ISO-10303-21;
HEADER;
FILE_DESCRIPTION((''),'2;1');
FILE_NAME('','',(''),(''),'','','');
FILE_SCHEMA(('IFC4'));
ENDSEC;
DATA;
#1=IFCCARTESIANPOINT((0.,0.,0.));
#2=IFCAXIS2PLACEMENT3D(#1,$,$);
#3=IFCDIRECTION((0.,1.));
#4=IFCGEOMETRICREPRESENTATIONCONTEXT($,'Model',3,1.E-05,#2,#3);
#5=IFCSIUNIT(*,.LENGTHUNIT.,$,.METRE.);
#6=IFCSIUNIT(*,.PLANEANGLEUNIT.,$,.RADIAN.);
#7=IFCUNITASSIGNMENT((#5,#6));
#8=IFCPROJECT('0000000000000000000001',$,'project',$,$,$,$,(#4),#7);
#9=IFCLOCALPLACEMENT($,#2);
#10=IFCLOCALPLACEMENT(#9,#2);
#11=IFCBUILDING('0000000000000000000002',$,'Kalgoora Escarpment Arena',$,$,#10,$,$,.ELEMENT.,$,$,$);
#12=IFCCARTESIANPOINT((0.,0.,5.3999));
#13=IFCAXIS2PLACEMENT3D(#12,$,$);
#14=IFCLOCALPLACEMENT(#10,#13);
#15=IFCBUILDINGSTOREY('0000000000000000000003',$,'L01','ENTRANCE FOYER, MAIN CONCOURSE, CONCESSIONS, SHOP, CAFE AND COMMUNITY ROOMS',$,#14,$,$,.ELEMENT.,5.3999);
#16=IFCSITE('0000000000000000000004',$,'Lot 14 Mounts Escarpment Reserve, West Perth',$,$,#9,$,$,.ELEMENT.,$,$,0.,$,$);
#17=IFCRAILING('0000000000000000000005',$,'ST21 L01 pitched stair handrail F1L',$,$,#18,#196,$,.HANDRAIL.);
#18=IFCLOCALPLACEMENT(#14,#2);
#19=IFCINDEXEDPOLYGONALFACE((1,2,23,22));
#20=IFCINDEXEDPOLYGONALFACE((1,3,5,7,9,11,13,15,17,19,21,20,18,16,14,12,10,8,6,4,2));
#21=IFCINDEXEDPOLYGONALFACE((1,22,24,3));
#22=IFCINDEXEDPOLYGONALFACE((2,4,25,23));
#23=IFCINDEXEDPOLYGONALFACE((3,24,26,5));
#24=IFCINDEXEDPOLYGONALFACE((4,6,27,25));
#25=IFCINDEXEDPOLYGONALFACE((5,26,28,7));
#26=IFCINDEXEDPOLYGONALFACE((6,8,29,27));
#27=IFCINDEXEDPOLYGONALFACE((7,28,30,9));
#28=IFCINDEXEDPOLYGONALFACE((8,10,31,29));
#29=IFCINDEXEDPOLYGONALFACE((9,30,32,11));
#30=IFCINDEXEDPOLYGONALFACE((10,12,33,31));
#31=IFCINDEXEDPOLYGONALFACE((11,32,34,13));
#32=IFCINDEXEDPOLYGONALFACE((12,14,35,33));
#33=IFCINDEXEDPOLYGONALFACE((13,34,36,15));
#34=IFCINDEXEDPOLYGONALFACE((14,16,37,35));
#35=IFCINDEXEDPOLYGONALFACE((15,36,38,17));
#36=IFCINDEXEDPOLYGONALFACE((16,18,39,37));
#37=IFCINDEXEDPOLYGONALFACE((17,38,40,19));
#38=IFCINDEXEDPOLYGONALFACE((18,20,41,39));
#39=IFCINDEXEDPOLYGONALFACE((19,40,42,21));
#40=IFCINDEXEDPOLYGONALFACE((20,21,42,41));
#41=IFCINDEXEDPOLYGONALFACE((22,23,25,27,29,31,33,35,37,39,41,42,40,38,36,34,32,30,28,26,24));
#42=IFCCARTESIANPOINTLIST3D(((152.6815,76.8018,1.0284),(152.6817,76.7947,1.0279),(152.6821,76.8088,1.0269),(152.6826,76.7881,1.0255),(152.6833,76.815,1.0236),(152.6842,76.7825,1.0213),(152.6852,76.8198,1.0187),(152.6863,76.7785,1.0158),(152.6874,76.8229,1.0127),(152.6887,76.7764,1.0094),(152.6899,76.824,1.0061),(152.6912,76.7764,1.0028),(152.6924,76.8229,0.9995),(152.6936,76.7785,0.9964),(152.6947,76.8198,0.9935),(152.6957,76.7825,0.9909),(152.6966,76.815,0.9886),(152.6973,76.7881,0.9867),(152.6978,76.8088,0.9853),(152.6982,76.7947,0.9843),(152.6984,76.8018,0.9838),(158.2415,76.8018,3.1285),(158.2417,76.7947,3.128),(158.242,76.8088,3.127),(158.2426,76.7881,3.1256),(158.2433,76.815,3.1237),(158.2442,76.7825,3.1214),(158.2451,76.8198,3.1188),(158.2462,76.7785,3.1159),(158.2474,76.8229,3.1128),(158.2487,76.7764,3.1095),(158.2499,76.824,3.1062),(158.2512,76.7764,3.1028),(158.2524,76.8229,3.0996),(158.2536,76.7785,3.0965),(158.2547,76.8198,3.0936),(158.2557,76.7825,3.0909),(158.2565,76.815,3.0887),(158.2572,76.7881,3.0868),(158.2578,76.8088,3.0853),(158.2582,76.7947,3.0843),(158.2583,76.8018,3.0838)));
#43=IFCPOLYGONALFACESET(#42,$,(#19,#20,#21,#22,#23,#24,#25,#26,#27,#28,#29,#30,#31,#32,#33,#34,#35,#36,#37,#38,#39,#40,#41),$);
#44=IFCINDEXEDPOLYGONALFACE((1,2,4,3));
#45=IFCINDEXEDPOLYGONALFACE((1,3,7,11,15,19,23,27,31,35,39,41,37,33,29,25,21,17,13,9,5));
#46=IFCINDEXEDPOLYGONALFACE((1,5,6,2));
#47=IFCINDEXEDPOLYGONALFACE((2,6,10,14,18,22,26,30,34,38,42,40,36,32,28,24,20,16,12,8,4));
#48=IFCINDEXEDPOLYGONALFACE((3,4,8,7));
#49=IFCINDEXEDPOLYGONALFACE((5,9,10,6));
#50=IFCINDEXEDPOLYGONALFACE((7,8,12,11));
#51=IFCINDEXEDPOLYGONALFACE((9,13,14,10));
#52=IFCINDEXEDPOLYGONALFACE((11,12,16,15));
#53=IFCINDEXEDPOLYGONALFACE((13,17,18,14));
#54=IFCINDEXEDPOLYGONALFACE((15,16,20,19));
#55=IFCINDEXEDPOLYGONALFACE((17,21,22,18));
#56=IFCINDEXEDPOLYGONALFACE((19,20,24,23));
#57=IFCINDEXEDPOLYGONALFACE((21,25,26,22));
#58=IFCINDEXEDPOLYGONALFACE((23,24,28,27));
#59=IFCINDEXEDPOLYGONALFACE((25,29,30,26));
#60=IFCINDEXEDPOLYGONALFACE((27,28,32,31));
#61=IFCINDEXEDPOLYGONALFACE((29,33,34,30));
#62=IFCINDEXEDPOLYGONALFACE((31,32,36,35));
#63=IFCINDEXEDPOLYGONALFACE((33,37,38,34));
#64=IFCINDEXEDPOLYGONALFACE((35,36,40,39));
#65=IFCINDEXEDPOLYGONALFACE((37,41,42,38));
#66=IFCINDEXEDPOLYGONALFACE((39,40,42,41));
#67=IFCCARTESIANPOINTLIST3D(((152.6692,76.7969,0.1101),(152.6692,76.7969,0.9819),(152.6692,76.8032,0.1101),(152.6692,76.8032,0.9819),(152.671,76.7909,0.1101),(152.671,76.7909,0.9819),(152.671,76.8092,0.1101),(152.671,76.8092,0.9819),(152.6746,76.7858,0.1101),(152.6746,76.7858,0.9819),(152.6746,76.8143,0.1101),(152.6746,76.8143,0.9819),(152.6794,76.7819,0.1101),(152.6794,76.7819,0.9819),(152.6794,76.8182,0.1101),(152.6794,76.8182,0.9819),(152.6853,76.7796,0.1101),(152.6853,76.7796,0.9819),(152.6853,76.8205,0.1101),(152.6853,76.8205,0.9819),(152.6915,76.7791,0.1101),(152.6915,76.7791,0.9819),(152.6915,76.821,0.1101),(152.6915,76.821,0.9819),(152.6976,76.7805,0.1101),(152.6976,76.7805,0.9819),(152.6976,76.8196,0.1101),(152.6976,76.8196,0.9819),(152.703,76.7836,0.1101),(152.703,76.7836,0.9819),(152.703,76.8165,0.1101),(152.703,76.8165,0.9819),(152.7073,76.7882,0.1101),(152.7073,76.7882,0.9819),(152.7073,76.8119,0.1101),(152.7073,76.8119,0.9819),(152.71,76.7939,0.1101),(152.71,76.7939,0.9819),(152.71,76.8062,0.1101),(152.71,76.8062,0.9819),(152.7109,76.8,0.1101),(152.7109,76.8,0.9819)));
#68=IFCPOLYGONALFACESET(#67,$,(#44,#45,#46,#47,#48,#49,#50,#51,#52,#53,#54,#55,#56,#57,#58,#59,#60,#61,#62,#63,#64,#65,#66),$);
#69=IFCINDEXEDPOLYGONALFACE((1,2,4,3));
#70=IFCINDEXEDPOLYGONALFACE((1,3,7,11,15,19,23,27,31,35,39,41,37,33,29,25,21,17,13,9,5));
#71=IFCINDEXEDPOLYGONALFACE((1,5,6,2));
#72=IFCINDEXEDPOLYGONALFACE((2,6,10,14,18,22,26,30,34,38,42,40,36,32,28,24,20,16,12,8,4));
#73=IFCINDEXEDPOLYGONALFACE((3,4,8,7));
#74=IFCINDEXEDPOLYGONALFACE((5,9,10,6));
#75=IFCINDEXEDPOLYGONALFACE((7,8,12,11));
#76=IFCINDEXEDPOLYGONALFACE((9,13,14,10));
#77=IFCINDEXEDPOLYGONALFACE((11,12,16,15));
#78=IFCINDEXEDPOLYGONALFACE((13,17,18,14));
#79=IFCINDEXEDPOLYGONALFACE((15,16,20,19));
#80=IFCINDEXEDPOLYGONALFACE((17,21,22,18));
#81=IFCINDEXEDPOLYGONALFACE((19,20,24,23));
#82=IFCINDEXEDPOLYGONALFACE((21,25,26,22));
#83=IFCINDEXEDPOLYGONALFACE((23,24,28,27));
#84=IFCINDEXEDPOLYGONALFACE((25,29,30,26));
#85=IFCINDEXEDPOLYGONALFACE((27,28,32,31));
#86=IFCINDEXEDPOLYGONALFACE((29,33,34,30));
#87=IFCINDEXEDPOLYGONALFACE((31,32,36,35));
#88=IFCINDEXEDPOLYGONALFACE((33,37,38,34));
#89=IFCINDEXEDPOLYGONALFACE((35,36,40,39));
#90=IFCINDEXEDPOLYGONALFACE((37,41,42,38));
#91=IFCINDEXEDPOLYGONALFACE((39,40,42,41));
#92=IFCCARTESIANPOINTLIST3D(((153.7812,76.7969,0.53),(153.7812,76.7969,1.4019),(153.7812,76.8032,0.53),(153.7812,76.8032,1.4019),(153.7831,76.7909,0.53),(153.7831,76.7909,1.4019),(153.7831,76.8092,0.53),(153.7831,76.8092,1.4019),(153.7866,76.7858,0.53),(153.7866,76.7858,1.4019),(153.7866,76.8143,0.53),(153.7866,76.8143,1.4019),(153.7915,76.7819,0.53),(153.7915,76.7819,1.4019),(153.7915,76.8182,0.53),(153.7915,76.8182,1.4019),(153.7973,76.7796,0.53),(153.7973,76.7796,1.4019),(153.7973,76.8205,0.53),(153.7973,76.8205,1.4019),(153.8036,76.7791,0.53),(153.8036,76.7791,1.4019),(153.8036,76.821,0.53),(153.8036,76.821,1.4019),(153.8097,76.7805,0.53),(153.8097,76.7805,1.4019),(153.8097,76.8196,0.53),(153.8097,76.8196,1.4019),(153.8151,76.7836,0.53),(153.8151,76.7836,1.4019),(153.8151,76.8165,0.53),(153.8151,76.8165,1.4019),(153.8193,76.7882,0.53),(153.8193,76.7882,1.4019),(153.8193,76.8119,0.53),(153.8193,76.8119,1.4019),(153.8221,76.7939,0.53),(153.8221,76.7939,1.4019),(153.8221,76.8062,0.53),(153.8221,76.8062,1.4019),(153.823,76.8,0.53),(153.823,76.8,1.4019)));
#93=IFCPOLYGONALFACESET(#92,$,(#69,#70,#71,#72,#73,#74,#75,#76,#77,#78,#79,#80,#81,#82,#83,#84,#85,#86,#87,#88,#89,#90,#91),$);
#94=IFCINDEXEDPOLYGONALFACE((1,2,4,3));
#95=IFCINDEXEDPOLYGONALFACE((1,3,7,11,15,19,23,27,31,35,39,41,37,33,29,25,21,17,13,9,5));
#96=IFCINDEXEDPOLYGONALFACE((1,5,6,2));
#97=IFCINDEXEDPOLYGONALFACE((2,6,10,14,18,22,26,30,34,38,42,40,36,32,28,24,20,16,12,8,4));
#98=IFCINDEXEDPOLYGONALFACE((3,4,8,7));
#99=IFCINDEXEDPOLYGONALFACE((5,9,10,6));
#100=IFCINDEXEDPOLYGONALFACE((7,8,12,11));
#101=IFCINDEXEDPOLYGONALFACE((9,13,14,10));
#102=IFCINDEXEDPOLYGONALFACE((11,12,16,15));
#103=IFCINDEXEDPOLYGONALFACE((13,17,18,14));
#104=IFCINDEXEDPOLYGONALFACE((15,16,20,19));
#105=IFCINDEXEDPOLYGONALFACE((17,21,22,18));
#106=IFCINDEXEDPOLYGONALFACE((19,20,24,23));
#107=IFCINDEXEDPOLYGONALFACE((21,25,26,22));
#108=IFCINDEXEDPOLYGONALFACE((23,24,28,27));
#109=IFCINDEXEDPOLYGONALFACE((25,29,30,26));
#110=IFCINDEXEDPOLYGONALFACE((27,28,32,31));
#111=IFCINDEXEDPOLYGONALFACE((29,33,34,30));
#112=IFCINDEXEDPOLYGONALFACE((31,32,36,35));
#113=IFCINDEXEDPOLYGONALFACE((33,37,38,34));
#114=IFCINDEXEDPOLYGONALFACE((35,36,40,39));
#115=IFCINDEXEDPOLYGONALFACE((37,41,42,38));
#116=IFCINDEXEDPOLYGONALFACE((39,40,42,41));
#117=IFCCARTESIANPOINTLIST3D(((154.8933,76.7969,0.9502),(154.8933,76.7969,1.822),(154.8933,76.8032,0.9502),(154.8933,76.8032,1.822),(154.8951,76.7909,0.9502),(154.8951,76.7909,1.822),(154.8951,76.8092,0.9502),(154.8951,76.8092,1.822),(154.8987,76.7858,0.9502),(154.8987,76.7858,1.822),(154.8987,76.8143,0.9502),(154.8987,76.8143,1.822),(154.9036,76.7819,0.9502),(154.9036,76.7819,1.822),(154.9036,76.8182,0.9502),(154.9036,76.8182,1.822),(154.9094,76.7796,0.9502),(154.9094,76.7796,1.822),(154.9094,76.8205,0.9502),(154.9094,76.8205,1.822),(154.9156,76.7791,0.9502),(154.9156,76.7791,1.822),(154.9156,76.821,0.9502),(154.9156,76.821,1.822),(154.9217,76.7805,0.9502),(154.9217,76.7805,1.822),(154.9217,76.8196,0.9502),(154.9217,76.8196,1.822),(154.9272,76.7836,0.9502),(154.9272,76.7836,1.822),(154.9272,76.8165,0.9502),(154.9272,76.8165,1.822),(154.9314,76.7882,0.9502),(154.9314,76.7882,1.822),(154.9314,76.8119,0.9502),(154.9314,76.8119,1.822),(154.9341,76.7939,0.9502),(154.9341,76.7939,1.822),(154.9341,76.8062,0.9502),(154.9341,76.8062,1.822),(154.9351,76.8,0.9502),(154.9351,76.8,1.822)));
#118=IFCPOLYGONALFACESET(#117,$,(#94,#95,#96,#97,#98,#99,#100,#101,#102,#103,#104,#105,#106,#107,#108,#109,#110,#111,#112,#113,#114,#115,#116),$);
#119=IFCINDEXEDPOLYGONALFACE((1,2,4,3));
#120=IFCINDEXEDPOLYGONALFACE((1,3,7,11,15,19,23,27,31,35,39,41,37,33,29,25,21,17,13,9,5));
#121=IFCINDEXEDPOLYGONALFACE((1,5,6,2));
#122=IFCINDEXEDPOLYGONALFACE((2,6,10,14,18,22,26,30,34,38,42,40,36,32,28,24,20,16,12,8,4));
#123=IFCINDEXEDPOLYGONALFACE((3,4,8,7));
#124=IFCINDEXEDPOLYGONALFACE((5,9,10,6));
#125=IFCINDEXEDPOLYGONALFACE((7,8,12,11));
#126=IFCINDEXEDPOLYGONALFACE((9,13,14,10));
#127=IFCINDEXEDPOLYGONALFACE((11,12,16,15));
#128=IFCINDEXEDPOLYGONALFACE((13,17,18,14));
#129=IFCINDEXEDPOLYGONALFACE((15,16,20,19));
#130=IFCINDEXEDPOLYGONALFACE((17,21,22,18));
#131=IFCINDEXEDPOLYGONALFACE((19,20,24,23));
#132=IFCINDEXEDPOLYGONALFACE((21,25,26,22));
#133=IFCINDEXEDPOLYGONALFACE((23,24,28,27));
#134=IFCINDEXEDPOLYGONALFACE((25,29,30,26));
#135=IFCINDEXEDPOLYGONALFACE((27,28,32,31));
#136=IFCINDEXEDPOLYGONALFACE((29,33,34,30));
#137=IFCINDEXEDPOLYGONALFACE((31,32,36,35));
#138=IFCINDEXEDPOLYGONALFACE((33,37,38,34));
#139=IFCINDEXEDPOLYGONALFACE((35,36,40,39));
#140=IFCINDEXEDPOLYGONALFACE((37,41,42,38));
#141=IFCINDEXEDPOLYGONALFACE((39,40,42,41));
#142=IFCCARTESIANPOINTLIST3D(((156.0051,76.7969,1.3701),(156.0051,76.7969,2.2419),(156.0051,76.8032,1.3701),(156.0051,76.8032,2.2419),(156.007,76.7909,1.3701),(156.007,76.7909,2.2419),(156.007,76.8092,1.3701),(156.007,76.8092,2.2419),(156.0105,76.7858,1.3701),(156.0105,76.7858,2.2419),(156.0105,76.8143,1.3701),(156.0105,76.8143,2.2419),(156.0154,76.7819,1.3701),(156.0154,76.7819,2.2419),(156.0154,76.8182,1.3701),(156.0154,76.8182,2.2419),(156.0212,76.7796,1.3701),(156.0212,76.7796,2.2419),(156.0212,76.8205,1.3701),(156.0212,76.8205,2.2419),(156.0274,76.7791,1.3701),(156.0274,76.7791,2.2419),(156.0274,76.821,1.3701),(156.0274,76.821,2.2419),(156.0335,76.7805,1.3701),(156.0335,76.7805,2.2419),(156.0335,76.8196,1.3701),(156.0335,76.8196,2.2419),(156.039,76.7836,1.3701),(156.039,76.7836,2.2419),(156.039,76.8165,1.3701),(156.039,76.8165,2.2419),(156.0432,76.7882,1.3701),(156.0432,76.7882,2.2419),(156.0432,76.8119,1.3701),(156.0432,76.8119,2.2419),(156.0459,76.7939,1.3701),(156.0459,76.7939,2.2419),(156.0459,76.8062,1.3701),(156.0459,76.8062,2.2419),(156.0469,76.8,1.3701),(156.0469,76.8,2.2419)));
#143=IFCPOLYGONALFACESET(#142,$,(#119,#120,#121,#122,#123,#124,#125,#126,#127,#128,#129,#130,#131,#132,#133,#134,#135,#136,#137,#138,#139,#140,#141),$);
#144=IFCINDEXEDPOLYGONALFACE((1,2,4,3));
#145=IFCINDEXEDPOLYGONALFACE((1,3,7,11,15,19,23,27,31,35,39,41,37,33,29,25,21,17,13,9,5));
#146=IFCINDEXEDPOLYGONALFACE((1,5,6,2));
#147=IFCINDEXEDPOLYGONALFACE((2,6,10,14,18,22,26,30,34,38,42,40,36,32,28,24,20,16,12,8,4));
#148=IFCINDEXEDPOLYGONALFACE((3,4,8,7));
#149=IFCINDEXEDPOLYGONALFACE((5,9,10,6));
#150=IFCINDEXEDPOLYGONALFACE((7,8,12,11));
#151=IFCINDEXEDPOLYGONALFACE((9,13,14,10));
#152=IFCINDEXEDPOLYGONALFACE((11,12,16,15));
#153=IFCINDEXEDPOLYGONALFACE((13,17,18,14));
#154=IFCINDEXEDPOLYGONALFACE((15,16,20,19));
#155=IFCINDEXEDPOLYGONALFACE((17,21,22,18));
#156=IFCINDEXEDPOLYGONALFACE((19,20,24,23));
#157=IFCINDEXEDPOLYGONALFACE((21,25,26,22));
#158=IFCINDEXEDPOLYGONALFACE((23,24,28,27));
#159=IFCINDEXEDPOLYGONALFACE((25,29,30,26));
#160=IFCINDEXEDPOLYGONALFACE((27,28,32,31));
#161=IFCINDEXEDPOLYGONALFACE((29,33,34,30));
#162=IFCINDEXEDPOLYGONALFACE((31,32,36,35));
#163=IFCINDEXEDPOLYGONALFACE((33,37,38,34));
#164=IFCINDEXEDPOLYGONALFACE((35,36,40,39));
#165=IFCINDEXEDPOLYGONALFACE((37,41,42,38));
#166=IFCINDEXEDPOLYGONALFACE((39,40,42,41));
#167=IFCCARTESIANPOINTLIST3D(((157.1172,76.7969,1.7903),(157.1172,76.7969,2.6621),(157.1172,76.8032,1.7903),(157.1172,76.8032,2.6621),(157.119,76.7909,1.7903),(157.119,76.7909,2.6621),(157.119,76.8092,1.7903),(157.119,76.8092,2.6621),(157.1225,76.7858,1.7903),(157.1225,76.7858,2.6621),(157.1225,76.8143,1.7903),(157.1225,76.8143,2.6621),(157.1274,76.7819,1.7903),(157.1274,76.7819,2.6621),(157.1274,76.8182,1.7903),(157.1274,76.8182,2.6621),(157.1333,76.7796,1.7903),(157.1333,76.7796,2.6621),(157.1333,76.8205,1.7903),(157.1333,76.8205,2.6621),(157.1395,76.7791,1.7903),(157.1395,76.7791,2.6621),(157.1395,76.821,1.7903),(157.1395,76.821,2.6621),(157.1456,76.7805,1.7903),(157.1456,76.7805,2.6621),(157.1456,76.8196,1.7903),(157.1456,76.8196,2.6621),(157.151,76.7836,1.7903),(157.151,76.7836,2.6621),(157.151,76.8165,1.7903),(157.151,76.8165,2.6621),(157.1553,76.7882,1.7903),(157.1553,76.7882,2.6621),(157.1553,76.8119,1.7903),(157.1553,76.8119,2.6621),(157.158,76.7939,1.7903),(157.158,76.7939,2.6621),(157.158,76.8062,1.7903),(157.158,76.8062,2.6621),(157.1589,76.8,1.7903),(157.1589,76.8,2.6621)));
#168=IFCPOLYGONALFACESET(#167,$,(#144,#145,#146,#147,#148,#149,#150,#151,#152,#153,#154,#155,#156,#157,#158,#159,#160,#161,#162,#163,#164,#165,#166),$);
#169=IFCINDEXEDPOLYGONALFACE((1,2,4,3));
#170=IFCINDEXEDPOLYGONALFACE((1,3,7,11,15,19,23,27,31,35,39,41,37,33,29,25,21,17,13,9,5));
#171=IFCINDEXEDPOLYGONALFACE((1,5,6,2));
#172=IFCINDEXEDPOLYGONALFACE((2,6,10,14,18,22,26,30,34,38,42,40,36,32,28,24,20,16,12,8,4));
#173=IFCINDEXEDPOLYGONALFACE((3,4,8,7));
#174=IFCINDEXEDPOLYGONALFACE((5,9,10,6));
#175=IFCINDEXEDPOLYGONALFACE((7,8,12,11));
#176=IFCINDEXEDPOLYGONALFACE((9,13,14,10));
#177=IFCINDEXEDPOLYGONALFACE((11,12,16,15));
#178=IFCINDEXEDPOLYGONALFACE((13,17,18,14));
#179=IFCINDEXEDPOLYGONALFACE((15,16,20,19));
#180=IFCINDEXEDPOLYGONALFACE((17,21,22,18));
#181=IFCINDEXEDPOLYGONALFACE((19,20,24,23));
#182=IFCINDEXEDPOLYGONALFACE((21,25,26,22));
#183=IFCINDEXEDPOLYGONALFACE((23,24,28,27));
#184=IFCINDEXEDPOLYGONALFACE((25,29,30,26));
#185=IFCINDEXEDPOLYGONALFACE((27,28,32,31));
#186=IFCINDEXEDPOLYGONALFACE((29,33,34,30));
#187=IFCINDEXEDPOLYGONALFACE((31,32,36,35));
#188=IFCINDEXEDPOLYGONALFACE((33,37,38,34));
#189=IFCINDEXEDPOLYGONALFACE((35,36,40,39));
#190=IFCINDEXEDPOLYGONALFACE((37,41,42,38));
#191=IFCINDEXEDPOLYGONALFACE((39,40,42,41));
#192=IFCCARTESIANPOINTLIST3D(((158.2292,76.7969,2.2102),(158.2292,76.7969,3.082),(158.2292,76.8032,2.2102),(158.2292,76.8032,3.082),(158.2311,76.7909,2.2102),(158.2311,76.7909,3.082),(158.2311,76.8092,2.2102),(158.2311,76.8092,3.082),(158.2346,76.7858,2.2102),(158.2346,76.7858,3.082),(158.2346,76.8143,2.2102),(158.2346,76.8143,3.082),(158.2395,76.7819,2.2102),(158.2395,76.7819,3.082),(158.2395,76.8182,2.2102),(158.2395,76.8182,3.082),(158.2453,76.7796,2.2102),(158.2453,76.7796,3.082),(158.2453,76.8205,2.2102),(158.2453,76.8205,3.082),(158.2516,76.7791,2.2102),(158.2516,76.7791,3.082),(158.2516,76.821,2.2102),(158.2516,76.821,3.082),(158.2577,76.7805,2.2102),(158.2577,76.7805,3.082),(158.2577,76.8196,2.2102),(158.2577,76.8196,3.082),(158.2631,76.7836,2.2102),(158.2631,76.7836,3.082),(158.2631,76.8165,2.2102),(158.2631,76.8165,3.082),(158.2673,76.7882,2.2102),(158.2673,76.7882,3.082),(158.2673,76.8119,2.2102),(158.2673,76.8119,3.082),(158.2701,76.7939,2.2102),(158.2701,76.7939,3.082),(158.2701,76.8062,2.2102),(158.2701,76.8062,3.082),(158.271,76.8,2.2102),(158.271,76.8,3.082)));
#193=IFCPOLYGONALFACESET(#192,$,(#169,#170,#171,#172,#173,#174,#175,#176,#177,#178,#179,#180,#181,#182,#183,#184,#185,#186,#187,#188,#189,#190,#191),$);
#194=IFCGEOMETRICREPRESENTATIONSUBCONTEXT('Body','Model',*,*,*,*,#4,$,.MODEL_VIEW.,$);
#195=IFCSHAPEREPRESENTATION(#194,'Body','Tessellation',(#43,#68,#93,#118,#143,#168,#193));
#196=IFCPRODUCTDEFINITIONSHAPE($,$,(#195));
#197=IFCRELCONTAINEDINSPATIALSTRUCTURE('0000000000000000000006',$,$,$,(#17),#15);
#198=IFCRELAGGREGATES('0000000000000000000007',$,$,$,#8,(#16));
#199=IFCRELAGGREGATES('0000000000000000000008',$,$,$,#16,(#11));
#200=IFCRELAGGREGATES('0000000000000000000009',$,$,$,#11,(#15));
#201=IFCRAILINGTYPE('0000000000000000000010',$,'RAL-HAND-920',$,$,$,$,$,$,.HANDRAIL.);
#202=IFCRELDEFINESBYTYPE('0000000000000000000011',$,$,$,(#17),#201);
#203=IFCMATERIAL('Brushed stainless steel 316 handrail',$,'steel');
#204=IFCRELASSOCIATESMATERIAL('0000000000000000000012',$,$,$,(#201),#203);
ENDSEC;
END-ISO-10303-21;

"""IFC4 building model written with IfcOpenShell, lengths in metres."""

from ifc_helpers import new_model, si_unit, direction, frame, origin, origin_2d, place, context, subcontext, project, spatial, circle, extrude, material, type_object, element, save


model = new_model("IFC4")

# Units and contexts
model_context = context("Model", 3, precision=1e-05, world=origin(), true_north=direction((0.0, 1.0)))
body_context = subcontext(model_context, "Body", "Model", "MODEL_VIEW")
ifc_project = project(units=[si_unit("LENGTHUNIT", "METRE"), si_unit("PLANEANGLEUNIT", "RADIAN")], contexts=[model_context])

# Site, building, storey
site_placement = place(None, origin())
site = spatial("IfcSite", under=ifc_project, at=site_placement, Name="Lot 14 Mounts Escarpment Reserve, West Perth", CompositionType="ELEMENT", RefElevation=0.0)
building_placement = place(site_placement, origin())
building = spatial("IfcBuilding", under=site, at=building_placement, Name="Kalgoora Escarpment Arena", CompositionType="ELEMENT")
storey_placement = place(building_placement, frame((0.0, 0.0, 5.3999)))
storey = spatial("IfcBuildingStorey", under=building, at=storey_placement, Name="L01", Description="ENTRANCE FOYER, MAIN CONCOURSE, CONCESSIONS, SHOP, CAFE AND COMMUNITY ROOMS", CompositionType="ELEMENT", Elevation=5.3999)

# Railing
ifc_material_1 = material(Name="Brushed stainless steel 316 handrail", Category="steel")
railing_type_1 = type_object("IfcRailingType", Name="RAL-HAND-920", PredefinedType="HANDRAIL", material=ifc_material_1)
railing_1_placement = place(storey_placement, frame((152.6899, 76.8, 0.1101)))
element("IfcRailing", 1, at=railing_1_placement, inside=storey, type_object=railing_type_1, Name="ST21 L01 pitched stair handrail F1L", PredefinedType="HANDRAIL", context=body_context, shape_type="SweptSolid", body=[
    extrude(circle(Radius=0.0239, at=origin_2d()), frame((0.0, 0.0, 0.896), z_axis=(0.935493, 0.0, 0.353346), x_axis=(0.0, 1.0, 0.0)), (0.0, 0.0, 1.0), 5.9434),
    extrude(circle(Radius=0.021, at=origin_2d()), origin(), (0.0, 0.0, 1.0), 0.8718),
    extrude(circle(Radius=0.021, at=origin_2d()), frame((1.1121, 0.0, 0.4199)), (0.0, 0.0, 1.0), 0.8718),
    extrude(circle(Radius=0.021, at=origin_2d()), frame((2.2241, 0.0, 0.8401)), (0.0, 0.0, 1.0), 0.8718),
    extrude(circle(Radius=0.021, at=origin_2d()), frame((3.3359, 0.0, 1.26)), (0.0, 0.0, 1.0), 0.8718),
    extrude(circle(Radius=0.021, at=origin_2d()), frame((4.448, 0.0, 1.6802)), (0.0, 0.0, 1.0), 0.8718),
    extrude(circle(Radius=0.021, at=origin_2d()), frame((5.5601, 0.0, 2.1001)), (0.0, 0.0, 1.0), 0.8718),
])

save(model, "model.ifc")
